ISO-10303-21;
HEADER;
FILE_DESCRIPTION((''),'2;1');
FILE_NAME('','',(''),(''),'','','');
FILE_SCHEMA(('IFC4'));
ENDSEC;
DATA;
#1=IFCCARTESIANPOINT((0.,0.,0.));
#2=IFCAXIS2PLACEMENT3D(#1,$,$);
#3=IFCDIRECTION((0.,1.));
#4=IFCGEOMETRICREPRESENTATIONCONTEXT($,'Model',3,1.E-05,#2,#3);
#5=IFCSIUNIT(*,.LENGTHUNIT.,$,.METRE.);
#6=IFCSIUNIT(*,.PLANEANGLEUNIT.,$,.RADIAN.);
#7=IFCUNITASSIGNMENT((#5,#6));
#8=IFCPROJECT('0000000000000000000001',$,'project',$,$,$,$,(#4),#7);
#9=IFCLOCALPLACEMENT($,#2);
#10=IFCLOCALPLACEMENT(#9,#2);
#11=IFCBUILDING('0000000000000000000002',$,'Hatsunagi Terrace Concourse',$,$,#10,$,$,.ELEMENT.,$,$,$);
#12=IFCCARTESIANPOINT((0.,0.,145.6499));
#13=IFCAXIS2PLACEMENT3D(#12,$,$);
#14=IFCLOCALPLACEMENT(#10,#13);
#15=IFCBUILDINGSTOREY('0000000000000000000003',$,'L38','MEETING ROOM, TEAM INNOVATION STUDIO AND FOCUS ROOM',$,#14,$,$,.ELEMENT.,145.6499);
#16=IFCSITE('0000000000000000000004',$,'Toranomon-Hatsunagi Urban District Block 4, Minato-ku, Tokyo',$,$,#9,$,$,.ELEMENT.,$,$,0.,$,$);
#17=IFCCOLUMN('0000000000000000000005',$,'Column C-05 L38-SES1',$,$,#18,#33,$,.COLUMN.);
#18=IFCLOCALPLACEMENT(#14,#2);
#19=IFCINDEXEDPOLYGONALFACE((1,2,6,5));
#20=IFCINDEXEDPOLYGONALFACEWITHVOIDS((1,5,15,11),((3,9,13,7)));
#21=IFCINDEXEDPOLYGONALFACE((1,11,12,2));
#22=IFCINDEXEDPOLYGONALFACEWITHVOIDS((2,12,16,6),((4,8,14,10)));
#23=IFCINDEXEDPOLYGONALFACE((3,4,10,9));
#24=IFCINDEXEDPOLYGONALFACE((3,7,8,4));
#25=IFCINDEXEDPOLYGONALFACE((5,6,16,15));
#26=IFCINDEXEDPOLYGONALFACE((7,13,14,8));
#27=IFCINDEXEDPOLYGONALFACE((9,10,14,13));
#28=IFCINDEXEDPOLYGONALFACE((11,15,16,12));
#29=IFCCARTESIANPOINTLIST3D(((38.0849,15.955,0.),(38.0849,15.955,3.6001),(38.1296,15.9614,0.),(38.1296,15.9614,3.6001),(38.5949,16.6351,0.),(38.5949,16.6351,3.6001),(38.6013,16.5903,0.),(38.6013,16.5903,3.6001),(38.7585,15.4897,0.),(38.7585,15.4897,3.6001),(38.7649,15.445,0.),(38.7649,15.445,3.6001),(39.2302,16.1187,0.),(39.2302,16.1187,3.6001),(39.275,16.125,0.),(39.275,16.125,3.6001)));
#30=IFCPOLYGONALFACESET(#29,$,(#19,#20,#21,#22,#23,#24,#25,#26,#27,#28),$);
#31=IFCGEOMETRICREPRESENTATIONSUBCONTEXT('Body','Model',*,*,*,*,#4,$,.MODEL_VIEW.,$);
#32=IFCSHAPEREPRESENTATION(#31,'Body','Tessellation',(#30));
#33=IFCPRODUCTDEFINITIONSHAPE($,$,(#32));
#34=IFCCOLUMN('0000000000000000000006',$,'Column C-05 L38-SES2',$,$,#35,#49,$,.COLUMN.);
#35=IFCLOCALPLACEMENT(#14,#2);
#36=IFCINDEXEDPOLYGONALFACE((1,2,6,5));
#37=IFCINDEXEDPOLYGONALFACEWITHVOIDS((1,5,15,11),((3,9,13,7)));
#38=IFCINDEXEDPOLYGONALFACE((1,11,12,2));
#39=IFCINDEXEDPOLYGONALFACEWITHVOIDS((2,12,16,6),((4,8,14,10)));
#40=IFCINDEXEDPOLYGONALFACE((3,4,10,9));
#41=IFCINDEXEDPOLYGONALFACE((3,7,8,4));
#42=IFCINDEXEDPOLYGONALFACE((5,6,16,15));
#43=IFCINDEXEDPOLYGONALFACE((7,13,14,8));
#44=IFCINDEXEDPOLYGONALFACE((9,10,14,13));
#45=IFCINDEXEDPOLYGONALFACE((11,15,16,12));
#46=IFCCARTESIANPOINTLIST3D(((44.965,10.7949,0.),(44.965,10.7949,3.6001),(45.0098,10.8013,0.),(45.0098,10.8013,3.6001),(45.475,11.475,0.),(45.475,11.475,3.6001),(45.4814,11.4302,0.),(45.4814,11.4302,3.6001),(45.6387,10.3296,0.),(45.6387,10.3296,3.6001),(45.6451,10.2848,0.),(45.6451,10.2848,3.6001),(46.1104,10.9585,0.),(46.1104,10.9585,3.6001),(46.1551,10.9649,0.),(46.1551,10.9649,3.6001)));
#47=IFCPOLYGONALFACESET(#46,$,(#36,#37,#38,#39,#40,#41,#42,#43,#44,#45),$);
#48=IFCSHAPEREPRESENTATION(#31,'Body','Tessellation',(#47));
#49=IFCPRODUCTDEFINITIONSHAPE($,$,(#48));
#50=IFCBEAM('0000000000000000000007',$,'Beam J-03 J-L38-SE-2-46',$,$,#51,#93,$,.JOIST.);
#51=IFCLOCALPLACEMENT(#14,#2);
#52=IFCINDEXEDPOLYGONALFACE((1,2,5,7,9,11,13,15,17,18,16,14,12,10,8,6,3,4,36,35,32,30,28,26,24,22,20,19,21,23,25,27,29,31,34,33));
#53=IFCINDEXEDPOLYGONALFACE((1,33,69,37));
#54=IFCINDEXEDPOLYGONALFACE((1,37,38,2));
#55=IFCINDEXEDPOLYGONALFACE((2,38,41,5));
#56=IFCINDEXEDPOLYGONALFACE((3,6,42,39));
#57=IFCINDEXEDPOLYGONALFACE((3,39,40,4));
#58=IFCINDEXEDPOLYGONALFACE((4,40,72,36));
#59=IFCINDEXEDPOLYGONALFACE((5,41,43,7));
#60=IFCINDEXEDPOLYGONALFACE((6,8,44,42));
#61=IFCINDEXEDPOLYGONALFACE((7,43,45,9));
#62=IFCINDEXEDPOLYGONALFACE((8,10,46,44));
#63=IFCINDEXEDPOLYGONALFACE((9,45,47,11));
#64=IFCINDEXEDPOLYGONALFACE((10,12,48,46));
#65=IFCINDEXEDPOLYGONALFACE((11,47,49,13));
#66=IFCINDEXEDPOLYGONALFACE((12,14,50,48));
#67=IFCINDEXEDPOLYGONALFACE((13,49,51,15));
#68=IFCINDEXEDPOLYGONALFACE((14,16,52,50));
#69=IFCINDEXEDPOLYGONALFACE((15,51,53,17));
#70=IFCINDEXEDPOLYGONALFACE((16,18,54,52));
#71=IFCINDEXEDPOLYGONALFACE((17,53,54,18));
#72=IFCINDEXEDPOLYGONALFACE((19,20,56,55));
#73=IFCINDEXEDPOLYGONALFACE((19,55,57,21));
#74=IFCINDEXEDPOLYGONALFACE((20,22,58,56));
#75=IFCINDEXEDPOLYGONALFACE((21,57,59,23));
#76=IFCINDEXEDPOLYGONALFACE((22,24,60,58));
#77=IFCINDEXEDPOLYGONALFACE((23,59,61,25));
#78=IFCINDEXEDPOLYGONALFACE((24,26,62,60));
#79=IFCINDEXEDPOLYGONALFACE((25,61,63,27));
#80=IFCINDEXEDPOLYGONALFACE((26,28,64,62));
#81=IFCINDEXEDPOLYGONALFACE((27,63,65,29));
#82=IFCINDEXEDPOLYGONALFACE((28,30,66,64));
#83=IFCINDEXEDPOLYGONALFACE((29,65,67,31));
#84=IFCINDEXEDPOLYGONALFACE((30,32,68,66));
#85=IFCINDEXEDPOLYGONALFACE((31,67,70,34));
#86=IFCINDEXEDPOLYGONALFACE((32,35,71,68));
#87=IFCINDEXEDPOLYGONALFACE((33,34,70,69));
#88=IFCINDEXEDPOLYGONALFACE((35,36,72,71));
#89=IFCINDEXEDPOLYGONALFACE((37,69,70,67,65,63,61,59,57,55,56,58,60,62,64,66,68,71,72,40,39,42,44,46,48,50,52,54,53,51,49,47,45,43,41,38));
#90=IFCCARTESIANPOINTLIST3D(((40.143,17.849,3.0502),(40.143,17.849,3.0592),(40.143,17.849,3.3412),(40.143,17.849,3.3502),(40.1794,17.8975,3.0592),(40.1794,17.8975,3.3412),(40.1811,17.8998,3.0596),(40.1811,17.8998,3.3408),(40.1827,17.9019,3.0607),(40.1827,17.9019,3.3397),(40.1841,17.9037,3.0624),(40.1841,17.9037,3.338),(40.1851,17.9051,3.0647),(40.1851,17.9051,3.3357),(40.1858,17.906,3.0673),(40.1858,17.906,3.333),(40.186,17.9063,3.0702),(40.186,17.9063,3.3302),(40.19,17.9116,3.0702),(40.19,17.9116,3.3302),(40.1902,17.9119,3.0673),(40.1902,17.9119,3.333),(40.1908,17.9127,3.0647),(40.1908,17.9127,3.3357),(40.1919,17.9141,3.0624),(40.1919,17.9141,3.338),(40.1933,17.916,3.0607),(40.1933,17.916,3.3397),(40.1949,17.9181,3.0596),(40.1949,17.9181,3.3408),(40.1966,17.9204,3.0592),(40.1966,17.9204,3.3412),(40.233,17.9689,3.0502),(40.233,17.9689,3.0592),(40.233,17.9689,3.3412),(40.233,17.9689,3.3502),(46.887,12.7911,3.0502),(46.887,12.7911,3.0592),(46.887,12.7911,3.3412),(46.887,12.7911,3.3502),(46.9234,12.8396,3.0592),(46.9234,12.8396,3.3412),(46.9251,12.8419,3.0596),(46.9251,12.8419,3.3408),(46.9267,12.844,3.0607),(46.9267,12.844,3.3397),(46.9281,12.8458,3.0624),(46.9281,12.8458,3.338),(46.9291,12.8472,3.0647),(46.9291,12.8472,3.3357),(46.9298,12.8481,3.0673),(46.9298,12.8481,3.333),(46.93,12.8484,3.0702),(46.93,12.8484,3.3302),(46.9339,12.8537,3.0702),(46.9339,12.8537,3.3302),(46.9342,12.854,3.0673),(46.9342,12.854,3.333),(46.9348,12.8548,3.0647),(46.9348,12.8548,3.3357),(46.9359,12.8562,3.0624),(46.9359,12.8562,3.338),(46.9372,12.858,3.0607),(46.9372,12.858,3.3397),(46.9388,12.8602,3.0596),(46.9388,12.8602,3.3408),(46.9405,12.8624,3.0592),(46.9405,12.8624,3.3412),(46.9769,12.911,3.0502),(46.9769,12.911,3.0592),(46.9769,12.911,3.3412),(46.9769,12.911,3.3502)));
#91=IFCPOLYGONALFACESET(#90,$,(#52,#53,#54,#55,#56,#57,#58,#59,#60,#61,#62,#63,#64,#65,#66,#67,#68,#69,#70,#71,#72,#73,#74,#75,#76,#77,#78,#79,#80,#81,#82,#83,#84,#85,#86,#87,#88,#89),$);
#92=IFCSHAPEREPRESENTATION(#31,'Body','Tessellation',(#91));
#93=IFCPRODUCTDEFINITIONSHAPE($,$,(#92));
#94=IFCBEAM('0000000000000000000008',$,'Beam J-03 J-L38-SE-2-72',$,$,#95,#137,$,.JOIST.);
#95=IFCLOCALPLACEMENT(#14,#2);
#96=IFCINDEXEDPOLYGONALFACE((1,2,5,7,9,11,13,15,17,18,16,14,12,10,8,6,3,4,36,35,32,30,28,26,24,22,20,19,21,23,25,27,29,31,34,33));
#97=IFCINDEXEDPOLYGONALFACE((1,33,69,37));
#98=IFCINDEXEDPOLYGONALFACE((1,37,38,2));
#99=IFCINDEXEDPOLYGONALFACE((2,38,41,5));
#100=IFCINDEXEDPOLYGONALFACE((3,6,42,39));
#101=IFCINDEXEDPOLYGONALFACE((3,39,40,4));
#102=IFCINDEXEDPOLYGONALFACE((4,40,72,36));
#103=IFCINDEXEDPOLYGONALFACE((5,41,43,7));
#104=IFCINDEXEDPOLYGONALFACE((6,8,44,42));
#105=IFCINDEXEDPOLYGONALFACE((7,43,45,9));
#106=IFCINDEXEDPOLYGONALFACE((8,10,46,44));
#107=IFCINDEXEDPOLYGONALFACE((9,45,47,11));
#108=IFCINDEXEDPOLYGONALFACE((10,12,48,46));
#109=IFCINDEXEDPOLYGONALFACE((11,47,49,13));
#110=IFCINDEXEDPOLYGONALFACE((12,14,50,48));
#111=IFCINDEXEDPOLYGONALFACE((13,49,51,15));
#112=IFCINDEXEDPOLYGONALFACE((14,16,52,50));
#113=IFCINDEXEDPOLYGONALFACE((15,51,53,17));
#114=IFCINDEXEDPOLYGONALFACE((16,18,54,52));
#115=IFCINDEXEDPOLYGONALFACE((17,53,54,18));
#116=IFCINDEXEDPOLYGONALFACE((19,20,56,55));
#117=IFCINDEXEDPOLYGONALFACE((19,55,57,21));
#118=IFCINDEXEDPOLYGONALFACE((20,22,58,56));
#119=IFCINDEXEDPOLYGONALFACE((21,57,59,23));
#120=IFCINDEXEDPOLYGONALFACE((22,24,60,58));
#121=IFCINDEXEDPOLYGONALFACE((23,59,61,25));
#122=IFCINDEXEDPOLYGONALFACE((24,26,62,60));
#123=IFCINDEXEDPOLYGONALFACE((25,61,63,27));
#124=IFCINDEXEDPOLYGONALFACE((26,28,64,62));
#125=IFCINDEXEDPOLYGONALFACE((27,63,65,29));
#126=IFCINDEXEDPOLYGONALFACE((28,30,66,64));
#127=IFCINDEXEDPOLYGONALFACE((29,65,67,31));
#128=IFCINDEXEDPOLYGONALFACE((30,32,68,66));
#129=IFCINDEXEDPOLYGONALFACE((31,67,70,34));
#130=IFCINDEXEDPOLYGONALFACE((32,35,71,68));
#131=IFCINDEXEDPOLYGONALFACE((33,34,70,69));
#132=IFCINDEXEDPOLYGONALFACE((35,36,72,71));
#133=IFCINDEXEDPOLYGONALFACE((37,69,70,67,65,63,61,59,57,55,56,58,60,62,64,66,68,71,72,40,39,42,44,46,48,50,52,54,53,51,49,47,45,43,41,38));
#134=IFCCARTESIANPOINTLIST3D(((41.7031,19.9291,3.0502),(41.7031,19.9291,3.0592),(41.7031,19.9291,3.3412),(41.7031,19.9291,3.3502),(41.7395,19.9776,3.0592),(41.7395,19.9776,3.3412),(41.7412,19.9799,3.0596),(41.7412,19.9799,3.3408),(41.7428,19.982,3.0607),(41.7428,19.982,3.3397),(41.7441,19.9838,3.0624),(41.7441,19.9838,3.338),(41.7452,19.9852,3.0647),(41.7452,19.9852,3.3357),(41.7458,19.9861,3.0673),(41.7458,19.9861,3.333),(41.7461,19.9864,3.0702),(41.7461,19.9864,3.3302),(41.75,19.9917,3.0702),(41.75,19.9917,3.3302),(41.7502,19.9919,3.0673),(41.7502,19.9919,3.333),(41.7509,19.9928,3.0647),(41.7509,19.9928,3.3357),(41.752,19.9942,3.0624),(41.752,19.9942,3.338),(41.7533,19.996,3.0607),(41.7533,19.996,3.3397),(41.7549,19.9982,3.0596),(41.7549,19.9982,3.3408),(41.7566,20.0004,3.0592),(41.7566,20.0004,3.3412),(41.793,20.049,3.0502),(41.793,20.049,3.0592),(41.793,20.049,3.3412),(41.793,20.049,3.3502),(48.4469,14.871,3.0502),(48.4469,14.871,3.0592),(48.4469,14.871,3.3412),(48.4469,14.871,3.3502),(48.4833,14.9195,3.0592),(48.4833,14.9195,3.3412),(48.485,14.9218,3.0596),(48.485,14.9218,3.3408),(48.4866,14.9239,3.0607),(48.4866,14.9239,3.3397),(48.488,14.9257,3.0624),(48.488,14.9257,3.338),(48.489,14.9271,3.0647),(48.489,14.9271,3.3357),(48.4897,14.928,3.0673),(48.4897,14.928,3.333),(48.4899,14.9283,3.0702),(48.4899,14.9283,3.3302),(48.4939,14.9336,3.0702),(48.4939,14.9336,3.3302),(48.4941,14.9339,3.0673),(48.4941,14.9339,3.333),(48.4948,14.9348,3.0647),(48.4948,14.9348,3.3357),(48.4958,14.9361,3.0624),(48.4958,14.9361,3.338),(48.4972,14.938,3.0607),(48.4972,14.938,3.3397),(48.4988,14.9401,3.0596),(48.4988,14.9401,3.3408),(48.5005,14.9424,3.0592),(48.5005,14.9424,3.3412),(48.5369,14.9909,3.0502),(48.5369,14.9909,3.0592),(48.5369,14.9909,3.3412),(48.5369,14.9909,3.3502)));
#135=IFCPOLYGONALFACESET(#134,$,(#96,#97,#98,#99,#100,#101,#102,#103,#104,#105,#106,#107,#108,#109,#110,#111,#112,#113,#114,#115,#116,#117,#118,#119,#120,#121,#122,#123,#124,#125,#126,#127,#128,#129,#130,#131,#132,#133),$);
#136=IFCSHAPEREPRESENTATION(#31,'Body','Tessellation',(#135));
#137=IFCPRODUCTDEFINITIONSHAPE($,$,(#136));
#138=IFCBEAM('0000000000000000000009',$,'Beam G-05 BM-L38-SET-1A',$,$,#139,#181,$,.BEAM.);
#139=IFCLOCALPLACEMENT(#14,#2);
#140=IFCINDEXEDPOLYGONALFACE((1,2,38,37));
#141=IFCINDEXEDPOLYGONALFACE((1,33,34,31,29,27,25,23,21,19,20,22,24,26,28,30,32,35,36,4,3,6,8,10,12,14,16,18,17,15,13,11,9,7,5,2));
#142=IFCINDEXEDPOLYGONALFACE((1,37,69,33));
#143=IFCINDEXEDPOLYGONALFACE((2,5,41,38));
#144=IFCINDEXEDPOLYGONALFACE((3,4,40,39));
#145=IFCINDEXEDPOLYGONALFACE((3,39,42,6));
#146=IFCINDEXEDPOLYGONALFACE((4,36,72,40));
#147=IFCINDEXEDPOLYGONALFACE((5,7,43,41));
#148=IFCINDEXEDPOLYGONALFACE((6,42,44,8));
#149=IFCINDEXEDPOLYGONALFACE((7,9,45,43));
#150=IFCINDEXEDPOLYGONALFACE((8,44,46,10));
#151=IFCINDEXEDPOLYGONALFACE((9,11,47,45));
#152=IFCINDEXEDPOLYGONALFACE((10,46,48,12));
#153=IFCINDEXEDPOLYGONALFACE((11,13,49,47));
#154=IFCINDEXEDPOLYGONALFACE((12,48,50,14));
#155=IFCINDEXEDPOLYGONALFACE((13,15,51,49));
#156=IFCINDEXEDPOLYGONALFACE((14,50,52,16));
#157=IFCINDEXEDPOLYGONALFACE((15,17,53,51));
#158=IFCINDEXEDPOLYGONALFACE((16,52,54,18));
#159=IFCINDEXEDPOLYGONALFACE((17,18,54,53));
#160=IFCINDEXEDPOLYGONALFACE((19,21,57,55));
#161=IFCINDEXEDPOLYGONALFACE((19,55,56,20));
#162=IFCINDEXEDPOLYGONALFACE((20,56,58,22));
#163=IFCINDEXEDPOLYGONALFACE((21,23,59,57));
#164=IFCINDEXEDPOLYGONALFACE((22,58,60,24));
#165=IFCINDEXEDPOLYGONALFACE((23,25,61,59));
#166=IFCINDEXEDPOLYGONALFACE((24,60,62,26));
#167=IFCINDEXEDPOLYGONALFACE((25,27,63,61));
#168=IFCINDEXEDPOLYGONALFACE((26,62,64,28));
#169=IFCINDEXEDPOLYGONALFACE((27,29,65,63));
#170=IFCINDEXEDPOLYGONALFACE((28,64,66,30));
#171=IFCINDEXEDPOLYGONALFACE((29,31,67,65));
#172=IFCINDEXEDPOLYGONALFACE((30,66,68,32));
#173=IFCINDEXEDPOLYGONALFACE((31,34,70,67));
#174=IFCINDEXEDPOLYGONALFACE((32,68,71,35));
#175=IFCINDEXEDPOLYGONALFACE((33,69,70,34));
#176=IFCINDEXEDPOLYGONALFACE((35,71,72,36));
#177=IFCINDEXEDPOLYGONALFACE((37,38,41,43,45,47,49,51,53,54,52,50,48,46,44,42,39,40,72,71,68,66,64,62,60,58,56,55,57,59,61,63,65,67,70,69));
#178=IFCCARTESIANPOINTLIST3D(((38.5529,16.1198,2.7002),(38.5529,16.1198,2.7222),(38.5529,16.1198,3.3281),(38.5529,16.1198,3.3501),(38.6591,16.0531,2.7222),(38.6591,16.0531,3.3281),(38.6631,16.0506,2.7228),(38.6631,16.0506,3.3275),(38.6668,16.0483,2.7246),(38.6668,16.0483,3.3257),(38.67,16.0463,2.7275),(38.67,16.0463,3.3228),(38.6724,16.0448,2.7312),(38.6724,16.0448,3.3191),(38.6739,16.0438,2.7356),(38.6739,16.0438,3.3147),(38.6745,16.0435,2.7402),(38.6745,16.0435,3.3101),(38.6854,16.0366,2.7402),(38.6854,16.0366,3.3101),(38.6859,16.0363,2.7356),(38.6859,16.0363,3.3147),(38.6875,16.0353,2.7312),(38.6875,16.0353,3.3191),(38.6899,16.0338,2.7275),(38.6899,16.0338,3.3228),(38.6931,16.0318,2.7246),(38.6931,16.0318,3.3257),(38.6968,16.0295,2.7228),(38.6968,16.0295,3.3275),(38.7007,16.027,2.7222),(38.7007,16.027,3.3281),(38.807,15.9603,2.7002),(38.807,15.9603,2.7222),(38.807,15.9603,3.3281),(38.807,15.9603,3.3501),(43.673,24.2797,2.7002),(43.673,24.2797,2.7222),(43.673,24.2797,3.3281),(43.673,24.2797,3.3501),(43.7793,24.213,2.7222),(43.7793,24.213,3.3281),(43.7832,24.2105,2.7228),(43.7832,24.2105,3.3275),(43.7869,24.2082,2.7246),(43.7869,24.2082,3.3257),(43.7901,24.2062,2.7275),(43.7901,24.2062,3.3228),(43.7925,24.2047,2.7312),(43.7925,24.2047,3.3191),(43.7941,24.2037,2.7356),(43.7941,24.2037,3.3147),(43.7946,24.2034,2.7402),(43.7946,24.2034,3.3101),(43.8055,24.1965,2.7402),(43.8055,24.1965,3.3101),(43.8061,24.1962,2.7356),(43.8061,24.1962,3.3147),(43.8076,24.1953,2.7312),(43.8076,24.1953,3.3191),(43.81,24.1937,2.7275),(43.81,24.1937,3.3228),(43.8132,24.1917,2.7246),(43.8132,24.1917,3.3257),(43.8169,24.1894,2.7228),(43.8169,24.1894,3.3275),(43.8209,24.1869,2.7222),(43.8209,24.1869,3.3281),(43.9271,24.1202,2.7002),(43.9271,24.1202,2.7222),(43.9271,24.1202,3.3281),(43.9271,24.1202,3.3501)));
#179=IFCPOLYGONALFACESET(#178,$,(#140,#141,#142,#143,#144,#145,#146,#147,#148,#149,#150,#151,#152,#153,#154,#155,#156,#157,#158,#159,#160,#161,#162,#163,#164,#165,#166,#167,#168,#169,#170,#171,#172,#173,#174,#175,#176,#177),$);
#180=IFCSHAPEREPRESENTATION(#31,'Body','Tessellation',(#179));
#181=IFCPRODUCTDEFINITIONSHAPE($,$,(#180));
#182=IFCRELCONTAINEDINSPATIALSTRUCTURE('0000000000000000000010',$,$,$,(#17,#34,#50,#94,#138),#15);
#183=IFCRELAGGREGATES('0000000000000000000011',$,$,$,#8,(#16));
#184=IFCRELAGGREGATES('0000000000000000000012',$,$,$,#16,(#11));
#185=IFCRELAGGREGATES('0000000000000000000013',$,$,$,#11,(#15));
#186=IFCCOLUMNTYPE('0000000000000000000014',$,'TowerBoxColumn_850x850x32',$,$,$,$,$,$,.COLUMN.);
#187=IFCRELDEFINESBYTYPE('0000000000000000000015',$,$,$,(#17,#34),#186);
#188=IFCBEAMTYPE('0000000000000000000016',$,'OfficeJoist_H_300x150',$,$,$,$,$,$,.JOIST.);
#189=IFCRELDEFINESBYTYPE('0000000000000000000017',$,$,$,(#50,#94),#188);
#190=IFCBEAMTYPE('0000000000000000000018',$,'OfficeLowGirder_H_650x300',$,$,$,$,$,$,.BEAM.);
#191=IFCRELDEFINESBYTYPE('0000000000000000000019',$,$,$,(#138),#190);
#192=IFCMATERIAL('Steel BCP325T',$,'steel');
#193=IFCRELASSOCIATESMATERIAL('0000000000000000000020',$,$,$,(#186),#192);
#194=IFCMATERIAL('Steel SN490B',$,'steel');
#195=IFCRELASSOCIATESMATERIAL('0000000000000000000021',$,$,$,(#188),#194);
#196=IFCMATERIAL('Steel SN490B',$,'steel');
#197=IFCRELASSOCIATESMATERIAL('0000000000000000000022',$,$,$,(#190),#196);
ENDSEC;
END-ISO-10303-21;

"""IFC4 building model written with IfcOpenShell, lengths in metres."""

from ifc_helpers import new_model, si_unit, direction, frame, origin, origin_2d, place, context, subcontext, project, spatial, hollow_rectangle, i_section, extrude, material, material_profile, profile_set, type_object, element, save


model = new_model("IFC4")

# Units and contexts
model_context = context("Model", 3, precision=1e-05, world=origin(), true_north=direction((0.0, 1.0)))
body_context = subcontext(model_context, "Body", "Model", "MODEL_VIEW")
ifc_project = project(units=[si_unit("LENGTHUNIT", "METRE"), si_unit("PLANEANGLEUNIT", "RADIAN")], contexts=[model_context])

# Site, building, storey
site_placement = place(None, origin())
site = spatial("IfcSite", under=ifc_project, at=site_placement, Name="Toranomon-Hatsunagi Urban District Block 4, Minato-ku, Tokyo", CompositionType="ELEMENT", RefElevation=0.0)
building_placement = place(site_placement, origin())
building = spatial("IfcBuilding", under=site, at=building_placement, Name="Hatsunagi Terrace Concourse", CompositionType="ELEMENT")
storey_placement = place(building_placement, frame((0.0, 0.0, 145.6499)))
storey = spatial("IfcBuildingStorey", under=building, at=storey_placement, Name="L38", Description="MEETING ROOM, TEAM INNOVATION STUDIO AND FOCUS ROOM", CompositionType="ELEMENT", Elevation=145.6499)

# Columns
ifc_material_1 = material(Name="Steel BCP325T", Category="steel")
ifc_material_profile_1 = material_profile(ifc_material_1, hollow_rectangle(XDim=0.8501, YDim=0.8501, WallThickness=0.032, at=origin_2d()), Name="BCP-850x850x32")
ifc_profile_set_1 = profile_set([ifc_material_profile_1], Name="Steel BCP325T")
column_type = type_object("IfcColumnType", Name="TowerBoxColumn_850x850x32", PredefinedType="COLUMN", material=ifc_profile_set_1)
for number, where, z_axis, x_axis, name in (
    (1, (38.6799, 16.04, 0.0), (0.0, 0.0, 1.0), (0.8, -0.6, 0.0), "Column C-05 L38-SES1"),
    (2, (45.5601, 10.8799, 0.0), (0.0, 0.0, 1.0), (0.8, -0.6, 0.0), "Column C-05 L38-SES2"),
):
    element("IfcColumn", number, at=place(storey_placement, frame(where, z_axis=z_axis, x_axis=x_axis)), inside=storey, type_object=column_type, Name=name, PredefinedType="COLUMN", context=body_context, shape_type="SweptSolid", body=[
        extrude(hollow_rectangle(XDim=0.8501, YDim=0.8501, WallThickness=0.032, at=origin_2d()), origin(), (0.0, 0.0, 1.0), 3.6001),
    ])

# Beams
ifc_material_2 = material(Name="Steel SN490B", Category="steel")
ifc_material_profile_2 = material_profile(ifc_material_2, i_section(OverallWidth=0.1499, OverallDepth=0.3, WebThickness=0.0066, FlangeThickness=0.009, FilletRadius=0.011, at=origin_2d()), Name="H-300x150x6.5x9")
ifc_profile_set_2 = profile_set([ifc_material_profile_2], Name="Steel SN490B")
beam_type_1 = type_object("IfcBeamType", Name="OfficeJoist_H_300x150", PredefinedType="JOIST", material=ifc_profile_set_2)
for number, where, z_axis, x_axis, name in (
    (3, (40.188, 17.9089, 3.2002), (0.800003, -0.599995, 0.0), (0.599995, 0.800003, 0.0), "Beam J-03 J-L38-SE-2-46"),
    (4, (41.748, 19.989, 3.2002), (0.79999, -0.600014, 0.0), (0.600014, 0.79999, 0.0), "Beam J-03 J-L38-SE-2-72"),
):
    element("IfcBeam", number, at=place(storey_placement, frame(where, z_axis=z_axis, x_axis=x_axis)), inside=storey, type_object=beam_type_1, Name=name, PredefinedType="JOIST", context=body_context, shape_type="SweptSolid", body=[
        extrude(i_section(OverallWidth=0.1499, OverallDepth=0.3, WebThickness=0.0066, FlangeThickness=0.009, FilletRadius=0.011, at=origin_2d()), origin(), (0.0, 0.0, 1.0), 8.4299),
    ])
ifc_material_3 = material(Name="Steel SN490B", Category="steel")
ifc_material_profile_3 = material_profile(ifc_material_3, i_section(OverallWidth=0.3, OverallDepth=0.6499, WebThickness=0.0129, FlangeThickness=0.022, FilletRadius=0.0181, at=origin_2d()), Name="H-650x300x13x22")
ifc_profile_set_3 = profile_set([ifc_material_profile_3], Name="Steel SN490B")
beam_type_2 = type_object("IfcBeamType", Name="OfficeLowGirder_H_650x300", PredefinedType="BEAM", material=ifc_profile_set_3)
beam_1_placement = place(storey_placement, frame((38.6799, 16.04, 3.0251), z_axis=(0.531504, 0.847056, 0.0), x_axis=(-0.847056, 0.531504, 0.0)))
element("IfcBeam", 5, at=beam_1_placement, inside=storey, type_object=beam_type_2, Name="Beam G-05 BM-L38-SET-1A", PredefinedType="BEAM", context=body_context, shape_type="SweptSolid", body=[
    extrude(i_section(OverallWidth=0.3, OverallDepth=0.6499, WebThickness=0.0129, FlangeThickness=0.022, FilletRadius=0.0181, at=origin_2d()), origin(), (0.0, 0.0, 1.0), 9.6333),
])

save(model, "model.ifc")
